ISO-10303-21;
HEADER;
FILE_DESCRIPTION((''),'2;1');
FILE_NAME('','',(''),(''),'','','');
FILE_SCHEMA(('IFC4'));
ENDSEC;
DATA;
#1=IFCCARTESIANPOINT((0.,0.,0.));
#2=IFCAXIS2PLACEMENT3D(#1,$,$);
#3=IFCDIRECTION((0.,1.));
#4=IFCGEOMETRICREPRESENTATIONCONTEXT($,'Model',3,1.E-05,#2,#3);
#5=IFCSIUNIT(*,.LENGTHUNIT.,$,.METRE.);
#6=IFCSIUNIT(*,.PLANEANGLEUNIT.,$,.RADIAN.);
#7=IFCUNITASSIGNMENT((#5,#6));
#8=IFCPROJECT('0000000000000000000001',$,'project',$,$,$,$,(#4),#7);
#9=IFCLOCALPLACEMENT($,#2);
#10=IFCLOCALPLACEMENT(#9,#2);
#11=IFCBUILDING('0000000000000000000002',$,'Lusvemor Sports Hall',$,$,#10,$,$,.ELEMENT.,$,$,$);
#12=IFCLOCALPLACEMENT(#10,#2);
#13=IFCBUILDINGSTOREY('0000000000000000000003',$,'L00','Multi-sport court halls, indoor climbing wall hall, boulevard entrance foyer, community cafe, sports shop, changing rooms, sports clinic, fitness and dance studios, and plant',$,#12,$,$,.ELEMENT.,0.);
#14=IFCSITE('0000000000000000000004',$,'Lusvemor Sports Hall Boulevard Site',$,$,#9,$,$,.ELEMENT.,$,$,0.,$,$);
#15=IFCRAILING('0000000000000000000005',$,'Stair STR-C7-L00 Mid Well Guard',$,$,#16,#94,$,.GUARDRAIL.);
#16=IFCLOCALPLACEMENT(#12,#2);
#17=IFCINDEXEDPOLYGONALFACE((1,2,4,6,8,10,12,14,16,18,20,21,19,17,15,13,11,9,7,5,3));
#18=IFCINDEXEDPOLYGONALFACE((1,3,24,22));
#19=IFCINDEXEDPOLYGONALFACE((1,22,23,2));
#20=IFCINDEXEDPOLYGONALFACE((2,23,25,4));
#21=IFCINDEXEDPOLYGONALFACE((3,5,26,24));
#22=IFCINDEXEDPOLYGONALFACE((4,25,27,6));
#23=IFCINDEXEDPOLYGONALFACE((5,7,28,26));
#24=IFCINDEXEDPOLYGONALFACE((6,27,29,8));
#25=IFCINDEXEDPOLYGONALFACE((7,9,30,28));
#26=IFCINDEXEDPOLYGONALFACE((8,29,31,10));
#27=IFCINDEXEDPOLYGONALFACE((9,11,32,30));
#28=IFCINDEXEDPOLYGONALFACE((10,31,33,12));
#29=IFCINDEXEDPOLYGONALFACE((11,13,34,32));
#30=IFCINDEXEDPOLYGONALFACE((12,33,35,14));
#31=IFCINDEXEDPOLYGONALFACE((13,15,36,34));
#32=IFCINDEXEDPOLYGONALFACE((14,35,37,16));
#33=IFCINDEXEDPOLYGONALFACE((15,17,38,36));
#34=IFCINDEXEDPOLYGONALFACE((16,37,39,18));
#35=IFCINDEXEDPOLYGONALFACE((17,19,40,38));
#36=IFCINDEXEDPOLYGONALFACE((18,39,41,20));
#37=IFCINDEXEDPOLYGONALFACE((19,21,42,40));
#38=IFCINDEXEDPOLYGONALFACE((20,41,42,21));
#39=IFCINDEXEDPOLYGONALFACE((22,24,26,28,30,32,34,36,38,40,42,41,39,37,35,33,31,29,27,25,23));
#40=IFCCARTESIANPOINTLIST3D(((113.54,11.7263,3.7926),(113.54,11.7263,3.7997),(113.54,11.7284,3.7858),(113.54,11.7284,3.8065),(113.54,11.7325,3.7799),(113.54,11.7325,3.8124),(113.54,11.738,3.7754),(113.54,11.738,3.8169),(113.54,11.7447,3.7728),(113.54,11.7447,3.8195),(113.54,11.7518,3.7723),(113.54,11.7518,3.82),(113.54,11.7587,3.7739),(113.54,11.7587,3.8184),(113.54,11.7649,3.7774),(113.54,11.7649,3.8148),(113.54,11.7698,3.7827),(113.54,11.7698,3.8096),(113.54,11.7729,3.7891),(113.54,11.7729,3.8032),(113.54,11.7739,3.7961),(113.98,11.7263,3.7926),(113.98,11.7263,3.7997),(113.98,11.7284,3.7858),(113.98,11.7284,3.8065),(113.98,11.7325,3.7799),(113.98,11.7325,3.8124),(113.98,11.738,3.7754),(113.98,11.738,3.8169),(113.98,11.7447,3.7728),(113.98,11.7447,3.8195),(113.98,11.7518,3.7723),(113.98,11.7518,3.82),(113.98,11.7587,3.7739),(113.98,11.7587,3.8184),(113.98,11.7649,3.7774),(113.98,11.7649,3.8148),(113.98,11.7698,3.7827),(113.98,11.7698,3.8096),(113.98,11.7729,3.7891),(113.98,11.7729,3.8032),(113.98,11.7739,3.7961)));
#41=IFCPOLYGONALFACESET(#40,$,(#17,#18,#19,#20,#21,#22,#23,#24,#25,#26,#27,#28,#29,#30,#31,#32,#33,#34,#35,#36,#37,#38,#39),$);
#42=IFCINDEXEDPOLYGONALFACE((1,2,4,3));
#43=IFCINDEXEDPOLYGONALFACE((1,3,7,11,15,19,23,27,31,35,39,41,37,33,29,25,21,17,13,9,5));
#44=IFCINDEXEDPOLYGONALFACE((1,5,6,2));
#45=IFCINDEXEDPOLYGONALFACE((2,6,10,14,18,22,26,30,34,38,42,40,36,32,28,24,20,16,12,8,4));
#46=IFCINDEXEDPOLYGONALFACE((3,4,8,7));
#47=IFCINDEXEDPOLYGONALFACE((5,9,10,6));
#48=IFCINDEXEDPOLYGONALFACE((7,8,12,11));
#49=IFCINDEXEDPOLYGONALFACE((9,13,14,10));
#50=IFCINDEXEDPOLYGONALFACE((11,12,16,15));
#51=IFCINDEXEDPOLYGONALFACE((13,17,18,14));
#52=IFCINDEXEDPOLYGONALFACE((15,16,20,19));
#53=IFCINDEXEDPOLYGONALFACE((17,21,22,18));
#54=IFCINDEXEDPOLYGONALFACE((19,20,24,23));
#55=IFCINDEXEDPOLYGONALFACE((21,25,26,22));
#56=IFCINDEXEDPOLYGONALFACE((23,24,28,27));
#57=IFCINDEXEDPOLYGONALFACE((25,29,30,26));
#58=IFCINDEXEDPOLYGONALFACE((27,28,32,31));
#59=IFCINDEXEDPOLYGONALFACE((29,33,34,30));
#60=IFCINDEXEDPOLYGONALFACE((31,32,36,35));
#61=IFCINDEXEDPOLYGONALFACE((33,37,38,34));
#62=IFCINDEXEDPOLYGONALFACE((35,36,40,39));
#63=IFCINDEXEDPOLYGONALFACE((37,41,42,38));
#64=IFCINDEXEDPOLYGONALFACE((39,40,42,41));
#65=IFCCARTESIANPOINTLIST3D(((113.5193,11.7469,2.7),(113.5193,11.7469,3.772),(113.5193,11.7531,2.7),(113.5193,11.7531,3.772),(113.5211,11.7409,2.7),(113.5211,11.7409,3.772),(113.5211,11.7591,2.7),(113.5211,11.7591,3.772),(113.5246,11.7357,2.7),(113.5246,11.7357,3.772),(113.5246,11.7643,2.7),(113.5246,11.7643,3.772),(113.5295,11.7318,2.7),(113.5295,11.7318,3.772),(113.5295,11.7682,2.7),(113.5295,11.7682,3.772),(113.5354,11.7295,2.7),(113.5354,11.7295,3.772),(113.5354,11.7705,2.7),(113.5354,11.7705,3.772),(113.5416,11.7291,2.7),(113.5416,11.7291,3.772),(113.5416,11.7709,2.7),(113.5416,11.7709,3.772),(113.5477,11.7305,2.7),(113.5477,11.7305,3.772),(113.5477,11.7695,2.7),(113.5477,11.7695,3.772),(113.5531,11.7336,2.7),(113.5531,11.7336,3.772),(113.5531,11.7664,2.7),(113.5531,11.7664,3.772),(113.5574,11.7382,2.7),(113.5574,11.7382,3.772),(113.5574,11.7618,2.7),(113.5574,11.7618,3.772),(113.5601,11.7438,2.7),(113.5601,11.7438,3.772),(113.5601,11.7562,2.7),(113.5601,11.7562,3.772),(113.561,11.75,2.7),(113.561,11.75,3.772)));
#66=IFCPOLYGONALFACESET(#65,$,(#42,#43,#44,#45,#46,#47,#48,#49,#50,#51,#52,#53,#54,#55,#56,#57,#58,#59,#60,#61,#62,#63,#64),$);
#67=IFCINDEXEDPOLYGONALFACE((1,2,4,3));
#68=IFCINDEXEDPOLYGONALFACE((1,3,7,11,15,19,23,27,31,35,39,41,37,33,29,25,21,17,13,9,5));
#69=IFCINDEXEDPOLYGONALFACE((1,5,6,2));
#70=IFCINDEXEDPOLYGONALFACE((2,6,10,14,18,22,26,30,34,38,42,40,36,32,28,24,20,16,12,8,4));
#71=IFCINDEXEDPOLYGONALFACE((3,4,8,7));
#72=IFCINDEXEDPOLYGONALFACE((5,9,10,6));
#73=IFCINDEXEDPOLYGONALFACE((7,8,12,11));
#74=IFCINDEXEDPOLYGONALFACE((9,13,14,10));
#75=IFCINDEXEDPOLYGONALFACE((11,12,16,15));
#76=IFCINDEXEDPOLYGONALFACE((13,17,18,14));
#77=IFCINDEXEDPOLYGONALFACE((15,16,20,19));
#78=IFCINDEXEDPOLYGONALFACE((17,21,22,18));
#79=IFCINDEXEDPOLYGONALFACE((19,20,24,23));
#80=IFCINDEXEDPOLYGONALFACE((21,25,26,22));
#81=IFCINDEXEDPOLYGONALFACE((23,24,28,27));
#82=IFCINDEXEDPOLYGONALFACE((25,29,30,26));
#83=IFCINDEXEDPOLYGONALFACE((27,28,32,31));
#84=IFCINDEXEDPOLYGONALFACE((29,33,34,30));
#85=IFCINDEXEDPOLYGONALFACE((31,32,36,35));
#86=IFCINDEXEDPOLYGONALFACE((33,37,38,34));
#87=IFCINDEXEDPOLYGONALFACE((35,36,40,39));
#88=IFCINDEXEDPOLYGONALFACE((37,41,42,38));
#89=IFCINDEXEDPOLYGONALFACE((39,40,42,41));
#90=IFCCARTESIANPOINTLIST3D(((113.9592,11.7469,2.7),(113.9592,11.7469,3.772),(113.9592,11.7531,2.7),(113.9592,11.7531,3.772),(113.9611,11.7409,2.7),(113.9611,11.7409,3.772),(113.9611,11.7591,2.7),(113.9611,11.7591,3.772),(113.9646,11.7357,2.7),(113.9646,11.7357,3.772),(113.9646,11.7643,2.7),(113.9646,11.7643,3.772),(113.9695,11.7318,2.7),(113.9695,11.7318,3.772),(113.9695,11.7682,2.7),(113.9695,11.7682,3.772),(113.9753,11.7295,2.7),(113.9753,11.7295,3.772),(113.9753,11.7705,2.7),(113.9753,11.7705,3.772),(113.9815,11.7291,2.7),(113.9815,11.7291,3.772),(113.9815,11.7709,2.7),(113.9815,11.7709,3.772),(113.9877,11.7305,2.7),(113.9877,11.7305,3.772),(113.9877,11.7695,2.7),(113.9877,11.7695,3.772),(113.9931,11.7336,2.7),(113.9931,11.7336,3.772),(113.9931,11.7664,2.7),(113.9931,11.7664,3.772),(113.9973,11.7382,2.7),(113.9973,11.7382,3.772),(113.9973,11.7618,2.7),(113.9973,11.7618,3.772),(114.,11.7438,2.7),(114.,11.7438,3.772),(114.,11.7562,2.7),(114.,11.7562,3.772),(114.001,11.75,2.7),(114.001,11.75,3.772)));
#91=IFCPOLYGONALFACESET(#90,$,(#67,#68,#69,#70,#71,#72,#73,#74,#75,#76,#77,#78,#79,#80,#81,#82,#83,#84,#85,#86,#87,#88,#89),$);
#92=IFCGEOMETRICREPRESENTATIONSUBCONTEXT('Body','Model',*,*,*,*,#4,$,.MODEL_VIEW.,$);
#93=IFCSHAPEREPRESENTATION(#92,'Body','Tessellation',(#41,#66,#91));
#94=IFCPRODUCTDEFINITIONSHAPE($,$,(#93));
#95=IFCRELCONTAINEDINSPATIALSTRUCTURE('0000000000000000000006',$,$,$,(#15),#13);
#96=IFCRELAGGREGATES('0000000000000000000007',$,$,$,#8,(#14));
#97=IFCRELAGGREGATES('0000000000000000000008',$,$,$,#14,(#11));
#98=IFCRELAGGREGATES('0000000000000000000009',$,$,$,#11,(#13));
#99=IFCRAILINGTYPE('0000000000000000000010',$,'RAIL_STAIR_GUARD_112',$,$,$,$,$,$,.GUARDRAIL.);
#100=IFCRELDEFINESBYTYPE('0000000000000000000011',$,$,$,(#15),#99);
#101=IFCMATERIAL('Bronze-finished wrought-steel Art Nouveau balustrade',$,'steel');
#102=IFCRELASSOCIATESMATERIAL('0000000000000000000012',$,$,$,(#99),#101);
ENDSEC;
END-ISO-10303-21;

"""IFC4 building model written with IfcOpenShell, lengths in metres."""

from ifc_helpers import new_model, si_unit, direction, frame, origin, origin_2d, place, context, subcontext, project, spatial, circle, extrude, material, type_object, element, save


model = new_model("IFC4")

# Units and contexts
model_context = context("Model", 3, precision=1e-05, world=origin(), true_north=direction((0.0, 1.0)))
body_context = subcontext(model_context, "Body", "Model", "MODEL_VIEW")
ifc_project = project(units=[si_unit("LENGTHUNIT", "METRE"), si_unit("PLANEANGLEUNIT", "RADIAN")], contexts=[model_context])

# Site, building, storey
site_placement = place(None, origin())
site = spatial("IfcSite", under=ifc_project, at=site_placement, Name="Lusvemor Sports Hall Boulevard Site", CompositionType="ELEMENT", RefElevation=0.0)
building_placement = place(site_placement, origin())
building = spatial("IfcBuilding", under=site, at=building_placement, Name="Lusvemor Sports Hall", CompositionType="ELEMENT")
storey_placement = place(building_placement, origin())
storey = spatial("IfcBuildingStorey", under=building, at=storey_placement, Name="L00", Description="Multi-sport court halls, indoor climbing wall hall, boulevard entrance foyer, community cafe, sports shop, changing rooms, sports clinic, fitness and dance studios, and plant", CompositionType="ELEMENT", Elevation=0.0)

# Railing
ifc_material_1 = material(Name="Bronze-finished wrought-steel Art Nouveau balustrade", Category="steel")
railing_type_1 = type_object("IfcRailingType", Name="RAIL_STAIR_GUARD_112", PredefinedType="GUARDRAIL", material=ifc_material_1)
railing_1_placement = place(storey_placement, frame((113.54, 11.75, 2.7)))
element("IfcRailing", 1, at=railing_1_placement, inside=storey, type_object=railing_type_1, Name="Stair STR-C7-L00 Mid Well Guard", PredefinedType="GUARDRAIL", context=body_context, shape_type="SweptSolid", body=[
    extrude(circle(Radius=0.0239, at=origin_2d()), frame((0.0, 0.0, 1.0962), z_axis=(1.0, 0.0, 0.0), x_axis=(0.0, 1.0, 0.0)), (0.0, 0.0, 1.0), 0.4399),
    extrude(circle(Radius=0.021, at=origin_2d()), origin(), (0.0, 0.0, 1.0), 1.072),
    extrude(circle(Radius=0.021, at=origin_2d()), frame((0.4399, 0.0, 0.0)), (0.0, 0.0, 1.0), 1.072),
])

save(model, "model.ifc")
